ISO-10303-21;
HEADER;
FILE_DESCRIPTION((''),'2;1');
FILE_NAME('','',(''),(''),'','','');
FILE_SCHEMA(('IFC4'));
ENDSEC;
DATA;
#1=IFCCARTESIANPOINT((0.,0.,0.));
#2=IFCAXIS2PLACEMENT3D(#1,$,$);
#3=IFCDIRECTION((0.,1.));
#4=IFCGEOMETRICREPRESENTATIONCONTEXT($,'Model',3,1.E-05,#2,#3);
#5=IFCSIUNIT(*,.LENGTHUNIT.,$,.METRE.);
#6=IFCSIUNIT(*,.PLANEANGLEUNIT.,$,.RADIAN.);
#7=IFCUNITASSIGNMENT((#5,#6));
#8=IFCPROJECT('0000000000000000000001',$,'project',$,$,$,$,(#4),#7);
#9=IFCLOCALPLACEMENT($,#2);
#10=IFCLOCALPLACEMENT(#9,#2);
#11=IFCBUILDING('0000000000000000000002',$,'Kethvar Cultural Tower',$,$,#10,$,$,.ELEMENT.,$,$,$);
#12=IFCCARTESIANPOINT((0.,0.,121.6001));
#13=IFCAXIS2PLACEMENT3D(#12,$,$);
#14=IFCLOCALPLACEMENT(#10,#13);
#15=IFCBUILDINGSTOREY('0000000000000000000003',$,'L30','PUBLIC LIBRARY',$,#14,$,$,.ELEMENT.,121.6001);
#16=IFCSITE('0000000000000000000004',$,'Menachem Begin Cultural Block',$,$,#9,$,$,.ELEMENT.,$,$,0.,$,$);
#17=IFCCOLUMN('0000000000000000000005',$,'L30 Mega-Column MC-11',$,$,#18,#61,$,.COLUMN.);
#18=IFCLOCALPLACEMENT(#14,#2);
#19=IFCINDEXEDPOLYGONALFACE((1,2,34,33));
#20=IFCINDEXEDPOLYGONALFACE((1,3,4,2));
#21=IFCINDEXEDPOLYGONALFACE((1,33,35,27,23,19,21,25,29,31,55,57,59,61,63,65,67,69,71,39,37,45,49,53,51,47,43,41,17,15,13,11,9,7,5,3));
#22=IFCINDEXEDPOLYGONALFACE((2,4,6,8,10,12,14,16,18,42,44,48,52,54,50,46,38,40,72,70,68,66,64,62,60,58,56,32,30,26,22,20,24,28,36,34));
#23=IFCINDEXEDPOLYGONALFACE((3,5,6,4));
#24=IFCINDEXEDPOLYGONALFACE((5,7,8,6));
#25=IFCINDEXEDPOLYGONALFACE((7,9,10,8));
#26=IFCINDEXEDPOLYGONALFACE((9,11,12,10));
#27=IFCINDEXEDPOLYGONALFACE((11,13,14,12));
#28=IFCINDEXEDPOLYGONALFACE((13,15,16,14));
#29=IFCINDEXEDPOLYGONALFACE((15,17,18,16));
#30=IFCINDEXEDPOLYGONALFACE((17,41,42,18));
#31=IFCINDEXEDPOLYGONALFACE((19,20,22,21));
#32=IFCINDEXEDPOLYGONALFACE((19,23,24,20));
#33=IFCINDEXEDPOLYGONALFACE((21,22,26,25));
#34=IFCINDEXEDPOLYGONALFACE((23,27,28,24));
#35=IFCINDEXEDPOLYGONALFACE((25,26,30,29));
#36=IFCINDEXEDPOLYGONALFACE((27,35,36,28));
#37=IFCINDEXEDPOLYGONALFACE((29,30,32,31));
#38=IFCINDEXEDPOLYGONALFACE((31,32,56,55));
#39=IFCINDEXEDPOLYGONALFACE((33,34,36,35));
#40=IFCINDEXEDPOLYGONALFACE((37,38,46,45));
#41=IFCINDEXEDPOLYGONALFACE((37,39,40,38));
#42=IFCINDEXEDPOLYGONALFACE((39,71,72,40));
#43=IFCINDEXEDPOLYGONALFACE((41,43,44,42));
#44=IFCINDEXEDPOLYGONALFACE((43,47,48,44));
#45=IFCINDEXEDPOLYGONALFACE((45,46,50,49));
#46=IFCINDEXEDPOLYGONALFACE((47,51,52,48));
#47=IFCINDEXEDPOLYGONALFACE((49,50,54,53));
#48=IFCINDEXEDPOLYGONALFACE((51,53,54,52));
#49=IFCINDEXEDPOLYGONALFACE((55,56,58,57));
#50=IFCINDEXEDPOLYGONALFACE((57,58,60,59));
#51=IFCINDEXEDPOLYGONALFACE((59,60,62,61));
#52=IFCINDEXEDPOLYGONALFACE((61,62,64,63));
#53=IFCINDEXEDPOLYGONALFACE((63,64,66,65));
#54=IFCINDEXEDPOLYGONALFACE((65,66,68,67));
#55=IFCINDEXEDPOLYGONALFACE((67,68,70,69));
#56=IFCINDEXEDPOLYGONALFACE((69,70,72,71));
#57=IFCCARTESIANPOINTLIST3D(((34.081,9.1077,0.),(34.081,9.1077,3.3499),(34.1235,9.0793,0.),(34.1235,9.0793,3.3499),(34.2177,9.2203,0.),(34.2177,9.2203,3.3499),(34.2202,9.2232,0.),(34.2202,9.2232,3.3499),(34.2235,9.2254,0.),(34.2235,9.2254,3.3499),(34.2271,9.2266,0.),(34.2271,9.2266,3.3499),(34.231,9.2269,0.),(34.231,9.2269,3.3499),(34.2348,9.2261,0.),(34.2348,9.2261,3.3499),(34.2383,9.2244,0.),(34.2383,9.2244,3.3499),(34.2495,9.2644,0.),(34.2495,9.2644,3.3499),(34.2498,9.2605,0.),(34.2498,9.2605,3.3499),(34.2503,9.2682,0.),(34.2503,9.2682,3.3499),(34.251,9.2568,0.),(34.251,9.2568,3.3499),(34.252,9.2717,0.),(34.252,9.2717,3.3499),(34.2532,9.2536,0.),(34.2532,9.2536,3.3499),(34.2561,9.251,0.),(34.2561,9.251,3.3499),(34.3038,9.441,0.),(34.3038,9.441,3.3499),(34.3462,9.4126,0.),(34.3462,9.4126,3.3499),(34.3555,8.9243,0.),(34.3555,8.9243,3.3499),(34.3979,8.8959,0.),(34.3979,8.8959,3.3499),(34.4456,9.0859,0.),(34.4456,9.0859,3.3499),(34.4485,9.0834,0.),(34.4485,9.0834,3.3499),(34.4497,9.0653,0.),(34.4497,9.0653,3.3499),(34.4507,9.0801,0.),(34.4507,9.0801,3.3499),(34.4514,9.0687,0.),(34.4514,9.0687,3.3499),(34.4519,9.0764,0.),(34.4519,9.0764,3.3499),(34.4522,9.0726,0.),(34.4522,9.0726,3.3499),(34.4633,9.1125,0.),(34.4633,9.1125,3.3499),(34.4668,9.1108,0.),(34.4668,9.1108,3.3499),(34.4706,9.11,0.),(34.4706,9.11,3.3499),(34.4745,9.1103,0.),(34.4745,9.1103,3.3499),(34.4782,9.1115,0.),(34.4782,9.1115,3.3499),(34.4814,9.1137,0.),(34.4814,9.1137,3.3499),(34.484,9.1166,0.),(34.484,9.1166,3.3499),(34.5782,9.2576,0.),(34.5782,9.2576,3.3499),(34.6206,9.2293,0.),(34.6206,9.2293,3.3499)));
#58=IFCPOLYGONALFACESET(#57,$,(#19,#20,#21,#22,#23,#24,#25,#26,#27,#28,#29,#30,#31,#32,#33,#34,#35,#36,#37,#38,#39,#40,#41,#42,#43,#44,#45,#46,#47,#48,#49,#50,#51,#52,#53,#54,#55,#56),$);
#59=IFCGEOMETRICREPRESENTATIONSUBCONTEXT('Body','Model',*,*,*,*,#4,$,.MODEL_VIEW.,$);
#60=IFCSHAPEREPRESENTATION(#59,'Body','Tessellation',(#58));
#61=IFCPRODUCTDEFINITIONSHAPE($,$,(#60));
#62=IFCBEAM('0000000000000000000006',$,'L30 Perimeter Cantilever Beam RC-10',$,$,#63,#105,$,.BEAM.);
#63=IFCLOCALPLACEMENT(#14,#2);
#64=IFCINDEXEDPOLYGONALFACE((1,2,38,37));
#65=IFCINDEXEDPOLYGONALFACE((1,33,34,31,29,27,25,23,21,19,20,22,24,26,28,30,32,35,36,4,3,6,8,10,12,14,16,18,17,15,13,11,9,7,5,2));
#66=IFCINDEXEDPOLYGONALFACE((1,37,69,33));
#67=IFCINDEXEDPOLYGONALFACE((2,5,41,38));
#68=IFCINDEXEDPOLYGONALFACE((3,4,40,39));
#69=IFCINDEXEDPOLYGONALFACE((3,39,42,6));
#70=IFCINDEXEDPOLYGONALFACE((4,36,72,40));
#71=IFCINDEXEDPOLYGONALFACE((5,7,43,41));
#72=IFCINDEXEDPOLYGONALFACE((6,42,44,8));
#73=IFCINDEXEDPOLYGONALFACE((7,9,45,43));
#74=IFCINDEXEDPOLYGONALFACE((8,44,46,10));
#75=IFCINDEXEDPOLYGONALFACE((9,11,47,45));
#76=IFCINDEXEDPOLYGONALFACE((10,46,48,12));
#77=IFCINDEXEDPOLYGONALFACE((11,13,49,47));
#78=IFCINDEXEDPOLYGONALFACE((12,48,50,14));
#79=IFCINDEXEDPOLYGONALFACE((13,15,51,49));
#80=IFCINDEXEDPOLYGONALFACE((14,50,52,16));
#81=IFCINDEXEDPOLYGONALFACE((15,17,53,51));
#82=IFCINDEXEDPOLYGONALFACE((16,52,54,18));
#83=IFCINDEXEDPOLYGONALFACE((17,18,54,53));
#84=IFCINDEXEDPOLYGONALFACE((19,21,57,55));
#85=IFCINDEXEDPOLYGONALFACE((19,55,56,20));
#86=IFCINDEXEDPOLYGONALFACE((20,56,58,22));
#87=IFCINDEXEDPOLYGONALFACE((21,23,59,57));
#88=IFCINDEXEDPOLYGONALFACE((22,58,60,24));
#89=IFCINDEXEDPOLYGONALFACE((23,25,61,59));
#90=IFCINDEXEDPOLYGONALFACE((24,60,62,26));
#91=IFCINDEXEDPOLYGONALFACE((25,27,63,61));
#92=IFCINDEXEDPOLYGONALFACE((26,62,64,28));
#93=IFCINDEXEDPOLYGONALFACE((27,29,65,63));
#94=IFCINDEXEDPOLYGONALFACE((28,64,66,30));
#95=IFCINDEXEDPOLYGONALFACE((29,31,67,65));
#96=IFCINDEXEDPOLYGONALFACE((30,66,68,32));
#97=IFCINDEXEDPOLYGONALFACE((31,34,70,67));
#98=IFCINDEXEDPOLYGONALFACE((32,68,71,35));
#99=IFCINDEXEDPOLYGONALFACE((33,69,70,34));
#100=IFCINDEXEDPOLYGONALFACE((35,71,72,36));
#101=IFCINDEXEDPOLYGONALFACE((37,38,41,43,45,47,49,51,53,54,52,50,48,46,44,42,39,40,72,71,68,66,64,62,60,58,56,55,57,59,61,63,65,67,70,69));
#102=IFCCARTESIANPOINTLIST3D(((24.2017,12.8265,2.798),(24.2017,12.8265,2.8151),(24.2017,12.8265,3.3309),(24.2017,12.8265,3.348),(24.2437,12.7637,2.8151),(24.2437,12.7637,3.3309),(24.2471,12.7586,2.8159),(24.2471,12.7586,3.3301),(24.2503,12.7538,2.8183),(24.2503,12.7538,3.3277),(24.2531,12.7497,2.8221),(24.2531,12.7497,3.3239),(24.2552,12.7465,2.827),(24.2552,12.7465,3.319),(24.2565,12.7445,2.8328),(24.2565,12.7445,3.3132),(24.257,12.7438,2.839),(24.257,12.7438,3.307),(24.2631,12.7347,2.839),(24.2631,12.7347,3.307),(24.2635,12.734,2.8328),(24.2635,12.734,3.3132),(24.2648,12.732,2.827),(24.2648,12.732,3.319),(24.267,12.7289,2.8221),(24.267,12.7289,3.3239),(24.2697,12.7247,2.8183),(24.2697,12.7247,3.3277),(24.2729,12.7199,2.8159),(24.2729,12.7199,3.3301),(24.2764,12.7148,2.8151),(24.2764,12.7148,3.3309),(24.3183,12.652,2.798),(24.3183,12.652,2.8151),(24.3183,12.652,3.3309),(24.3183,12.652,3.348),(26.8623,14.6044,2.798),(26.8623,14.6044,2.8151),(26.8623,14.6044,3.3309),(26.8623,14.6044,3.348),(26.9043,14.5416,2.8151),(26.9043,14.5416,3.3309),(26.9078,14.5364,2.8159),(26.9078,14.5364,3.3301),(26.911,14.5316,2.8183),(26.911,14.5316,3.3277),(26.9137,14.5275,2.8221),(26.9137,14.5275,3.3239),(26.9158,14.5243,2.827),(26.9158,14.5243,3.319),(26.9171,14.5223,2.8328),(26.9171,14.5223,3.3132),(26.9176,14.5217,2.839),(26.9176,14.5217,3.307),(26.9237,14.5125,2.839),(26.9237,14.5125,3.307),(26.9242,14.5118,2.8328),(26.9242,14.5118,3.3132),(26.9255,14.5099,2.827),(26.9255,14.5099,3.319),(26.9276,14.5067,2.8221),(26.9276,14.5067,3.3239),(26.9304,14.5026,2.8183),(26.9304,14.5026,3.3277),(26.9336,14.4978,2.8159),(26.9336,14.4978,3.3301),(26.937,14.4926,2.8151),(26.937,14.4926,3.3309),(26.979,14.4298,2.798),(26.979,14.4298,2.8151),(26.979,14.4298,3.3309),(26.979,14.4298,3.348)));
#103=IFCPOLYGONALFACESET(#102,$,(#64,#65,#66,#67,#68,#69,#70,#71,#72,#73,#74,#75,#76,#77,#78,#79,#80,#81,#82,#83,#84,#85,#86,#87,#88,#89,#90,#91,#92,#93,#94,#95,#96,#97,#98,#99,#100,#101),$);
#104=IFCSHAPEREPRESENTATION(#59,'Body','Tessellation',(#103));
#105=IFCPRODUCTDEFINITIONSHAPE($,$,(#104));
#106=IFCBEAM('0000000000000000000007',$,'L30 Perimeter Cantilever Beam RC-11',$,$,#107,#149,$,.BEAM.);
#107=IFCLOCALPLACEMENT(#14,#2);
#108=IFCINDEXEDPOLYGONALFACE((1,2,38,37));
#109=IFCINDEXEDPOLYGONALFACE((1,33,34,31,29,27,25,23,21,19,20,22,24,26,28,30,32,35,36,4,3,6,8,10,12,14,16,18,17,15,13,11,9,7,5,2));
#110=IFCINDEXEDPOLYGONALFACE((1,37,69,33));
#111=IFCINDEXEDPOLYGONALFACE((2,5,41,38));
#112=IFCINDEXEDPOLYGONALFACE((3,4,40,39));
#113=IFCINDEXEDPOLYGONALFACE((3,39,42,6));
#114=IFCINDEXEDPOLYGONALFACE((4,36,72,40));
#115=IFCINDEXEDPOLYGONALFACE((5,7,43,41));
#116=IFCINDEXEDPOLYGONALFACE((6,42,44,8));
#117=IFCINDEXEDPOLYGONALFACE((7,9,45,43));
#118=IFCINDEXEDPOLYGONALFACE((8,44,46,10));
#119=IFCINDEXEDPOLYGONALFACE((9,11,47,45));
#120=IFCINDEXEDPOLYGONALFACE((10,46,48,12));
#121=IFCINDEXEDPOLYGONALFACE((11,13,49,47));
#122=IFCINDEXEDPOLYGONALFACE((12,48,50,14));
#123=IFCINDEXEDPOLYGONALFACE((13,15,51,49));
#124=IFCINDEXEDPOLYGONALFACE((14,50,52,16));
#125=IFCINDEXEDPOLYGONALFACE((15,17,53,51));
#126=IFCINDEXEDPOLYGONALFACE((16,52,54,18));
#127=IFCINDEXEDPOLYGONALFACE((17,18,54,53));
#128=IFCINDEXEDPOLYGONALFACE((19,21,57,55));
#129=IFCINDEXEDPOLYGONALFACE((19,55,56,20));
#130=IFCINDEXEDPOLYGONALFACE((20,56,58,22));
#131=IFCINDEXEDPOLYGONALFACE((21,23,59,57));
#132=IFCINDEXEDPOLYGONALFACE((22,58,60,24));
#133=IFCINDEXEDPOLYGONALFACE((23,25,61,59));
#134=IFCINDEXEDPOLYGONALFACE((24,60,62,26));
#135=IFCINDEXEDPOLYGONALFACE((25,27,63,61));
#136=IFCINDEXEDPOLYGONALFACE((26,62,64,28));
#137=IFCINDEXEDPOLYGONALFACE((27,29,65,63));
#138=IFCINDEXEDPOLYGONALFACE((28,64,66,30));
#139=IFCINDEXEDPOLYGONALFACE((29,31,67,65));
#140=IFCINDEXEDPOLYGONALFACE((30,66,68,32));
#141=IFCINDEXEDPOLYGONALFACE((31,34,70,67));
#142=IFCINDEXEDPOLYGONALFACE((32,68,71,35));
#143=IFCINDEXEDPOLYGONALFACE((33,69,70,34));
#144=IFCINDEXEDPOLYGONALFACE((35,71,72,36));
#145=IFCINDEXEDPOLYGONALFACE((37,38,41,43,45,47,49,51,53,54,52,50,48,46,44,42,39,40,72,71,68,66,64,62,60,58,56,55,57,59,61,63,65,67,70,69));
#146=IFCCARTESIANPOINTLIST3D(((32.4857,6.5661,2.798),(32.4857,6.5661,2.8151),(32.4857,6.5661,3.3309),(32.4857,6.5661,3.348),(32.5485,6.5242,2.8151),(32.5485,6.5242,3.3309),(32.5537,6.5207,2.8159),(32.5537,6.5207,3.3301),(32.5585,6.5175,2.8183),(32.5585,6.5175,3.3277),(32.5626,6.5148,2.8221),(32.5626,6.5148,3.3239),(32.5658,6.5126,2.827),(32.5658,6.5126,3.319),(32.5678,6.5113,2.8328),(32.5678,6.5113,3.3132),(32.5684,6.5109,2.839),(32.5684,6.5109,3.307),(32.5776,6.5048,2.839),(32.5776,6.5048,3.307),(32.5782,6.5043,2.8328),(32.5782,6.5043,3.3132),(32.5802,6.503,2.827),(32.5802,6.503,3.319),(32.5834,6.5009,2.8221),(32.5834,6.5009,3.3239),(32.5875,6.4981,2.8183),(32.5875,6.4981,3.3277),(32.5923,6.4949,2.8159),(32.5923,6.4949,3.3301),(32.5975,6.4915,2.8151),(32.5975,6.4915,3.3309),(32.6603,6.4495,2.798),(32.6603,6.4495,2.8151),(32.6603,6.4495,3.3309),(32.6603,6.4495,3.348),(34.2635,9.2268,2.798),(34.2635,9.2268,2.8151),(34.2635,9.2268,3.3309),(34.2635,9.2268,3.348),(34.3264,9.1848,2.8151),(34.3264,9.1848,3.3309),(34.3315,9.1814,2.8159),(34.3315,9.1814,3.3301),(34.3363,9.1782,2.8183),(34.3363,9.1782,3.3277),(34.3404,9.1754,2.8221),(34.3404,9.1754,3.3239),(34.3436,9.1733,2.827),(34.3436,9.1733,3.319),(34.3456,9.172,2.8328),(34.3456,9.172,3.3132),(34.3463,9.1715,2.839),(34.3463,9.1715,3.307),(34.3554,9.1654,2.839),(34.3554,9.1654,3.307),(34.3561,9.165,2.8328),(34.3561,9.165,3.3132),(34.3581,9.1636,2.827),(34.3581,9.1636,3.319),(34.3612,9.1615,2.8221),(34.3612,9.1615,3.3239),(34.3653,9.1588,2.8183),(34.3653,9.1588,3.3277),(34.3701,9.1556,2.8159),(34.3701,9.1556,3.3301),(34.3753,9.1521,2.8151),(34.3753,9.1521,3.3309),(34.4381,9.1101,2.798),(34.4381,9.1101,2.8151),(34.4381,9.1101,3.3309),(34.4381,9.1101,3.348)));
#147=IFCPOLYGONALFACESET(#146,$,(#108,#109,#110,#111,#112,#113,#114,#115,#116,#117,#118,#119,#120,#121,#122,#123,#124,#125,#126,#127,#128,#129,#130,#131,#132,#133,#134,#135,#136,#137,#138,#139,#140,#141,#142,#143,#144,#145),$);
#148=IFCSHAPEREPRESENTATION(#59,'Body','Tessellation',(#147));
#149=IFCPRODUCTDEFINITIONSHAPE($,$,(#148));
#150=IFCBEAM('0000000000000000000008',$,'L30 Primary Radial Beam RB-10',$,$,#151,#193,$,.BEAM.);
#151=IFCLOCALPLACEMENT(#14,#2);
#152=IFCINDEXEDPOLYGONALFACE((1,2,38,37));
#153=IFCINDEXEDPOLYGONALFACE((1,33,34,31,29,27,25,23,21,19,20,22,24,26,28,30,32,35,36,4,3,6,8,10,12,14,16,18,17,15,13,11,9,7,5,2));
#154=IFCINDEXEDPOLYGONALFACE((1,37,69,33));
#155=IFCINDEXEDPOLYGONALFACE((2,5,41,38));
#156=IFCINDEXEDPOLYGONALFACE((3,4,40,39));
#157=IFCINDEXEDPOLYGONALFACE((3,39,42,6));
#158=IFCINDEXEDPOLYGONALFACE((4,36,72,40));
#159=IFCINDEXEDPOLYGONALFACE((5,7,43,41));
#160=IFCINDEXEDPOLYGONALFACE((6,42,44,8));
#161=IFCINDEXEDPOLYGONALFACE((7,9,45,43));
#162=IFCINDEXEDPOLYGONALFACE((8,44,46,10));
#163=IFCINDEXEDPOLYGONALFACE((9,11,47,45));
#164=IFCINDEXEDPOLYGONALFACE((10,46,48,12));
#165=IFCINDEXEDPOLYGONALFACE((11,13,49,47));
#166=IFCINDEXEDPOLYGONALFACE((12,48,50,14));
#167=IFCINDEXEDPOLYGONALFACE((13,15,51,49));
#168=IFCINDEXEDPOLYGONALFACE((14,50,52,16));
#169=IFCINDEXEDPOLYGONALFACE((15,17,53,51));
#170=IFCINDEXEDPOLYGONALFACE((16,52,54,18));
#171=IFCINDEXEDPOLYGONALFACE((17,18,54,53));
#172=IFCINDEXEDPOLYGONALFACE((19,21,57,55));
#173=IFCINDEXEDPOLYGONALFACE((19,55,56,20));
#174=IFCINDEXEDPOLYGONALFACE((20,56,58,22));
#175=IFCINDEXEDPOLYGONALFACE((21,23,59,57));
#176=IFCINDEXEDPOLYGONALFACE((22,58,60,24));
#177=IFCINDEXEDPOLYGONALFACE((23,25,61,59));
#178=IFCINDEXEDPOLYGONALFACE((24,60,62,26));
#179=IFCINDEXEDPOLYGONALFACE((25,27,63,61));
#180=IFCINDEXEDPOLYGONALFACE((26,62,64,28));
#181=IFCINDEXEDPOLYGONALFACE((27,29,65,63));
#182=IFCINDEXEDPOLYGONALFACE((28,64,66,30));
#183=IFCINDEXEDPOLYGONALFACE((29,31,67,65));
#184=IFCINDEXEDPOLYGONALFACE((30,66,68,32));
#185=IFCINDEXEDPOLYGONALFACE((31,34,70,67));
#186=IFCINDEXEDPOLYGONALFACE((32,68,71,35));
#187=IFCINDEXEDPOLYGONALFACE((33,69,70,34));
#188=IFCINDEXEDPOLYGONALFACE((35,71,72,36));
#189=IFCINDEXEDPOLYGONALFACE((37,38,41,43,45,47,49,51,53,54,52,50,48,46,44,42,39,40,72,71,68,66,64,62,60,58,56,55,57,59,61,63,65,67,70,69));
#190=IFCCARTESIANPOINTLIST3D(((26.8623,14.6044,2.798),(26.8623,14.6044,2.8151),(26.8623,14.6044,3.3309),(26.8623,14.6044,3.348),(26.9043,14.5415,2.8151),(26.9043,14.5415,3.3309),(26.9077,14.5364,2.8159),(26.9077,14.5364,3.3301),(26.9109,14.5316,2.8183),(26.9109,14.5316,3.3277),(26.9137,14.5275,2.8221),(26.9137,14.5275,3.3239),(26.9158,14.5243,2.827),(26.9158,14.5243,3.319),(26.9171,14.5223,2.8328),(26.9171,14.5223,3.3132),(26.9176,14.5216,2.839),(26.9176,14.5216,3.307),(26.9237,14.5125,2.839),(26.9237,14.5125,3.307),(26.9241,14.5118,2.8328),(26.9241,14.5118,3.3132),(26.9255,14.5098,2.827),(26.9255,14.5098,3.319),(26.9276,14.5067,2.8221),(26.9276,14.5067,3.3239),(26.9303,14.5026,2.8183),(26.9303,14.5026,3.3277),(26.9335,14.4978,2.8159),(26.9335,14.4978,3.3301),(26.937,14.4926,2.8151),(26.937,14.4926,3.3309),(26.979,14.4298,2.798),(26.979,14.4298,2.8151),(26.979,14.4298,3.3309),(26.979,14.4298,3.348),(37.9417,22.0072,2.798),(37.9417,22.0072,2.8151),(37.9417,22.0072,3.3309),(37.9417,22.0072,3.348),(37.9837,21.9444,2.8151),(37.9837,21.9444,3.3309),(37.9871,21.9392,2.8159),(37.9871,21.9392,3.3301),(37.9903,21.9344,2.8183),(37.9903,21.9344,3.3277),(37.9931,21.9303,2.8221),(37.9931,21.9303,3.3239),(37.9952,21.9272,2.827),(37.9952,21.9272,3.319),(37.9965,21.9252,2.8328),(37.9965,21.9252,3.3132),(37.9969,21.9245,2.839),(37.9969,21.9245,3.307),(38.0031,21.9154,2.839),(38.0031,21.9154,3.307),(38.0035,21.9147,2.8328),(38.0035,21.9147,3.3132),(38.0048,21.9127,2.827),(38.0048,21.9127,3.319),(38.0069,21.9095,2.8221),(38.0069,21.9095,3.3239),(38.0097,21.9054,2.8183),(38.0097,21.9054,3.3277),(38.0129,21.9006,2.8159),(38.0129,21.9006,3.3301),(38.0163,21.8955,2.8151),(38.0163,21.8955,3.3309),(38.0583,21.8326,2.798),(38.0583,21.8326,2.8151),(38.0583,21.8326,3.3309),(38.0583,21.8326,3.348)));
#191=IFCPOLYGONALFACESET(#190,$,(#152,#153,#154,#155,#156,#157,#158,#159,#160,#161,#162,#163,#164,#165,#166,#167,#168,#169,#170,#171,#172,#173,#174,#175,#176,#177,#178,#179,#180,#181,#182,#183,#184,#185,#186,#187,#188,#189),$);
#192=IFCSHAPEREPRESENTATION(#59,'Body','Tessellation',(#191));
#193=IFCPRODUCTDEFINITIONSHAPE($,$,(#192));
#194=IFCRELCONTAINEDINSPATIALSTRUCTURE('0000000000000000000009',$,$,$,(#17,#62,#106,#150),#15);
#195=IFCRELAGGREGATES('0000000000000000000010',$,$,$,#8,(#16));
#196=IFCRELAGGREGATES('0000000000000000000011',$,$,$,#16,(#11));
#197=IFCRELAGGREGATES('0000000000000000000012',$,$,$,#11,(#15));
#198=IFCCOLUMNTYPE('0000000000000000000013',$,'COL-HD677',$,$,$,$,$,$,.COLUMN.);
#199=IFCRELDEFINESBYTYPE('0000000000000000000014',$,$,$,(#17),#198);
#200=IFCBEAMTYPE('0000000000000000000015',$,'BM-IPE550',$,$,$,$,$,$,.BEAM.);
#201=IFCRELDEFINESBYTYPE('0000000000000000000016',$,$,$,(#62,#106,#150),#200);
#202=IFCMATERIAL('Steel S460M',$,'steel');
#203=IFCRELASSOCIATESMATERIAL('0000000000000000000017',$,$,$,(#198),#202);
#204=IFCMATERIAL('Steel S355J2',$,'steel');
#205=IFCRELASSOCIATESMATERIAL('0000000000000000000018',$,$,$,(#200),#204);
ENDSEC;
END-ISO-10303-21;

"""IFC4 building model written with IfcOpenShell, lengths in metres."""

from ifc_helpers import new_model, si_unit, direction, frame, origin, origin_2d, place, context, subcontext, project, spatial, i_section, extrude, source, transform, mapped, material, material_profile, profile_set, type_object, element, save


model = new_model("IFC4")

# Units and contexts
model_context = context("Model", 3, precision=1e-05, world=origin(), true_north=direction((0.0, 1.0)))
body_context = subcontext(model_context, "Body", "Model", "MODEL_VIEW")
ifc_project = project(units=[si_unit("LENGTHUNIT", "METRE"), si_unit("PLANEANGLEUNIT", "RADIAN")], contexts=[model_context])

# Site, building, storey
site_placement = place(None, origin())
site = spatial("IfcSite", under=ifc_project, at=site_placement, Name="Menachem Begin Cultural Block", CompositionType="ELEMENT", RefElevation=0.0)
building_placement = place(site_placement, origin())
building = spatial("IfcBuilding", under=site, at=building_placement, Name="Kethvar Cultural Tower", CompositionType="ELEMENT")
storey_placement = place(building_placement, frame((0.0, 0.0, 121.6001)))
storey = spatial("IfcBuildingStorey", under=building, at=storey_placement, Name="L30", Description="PUBLIC LIBRARY", CompositionType="ELEMENT", Elevation=121.6001)

# Column
ifc_material_1 = material(Name="Steel S460M", Category="steel")
ifc_material_profile_1 = material_profile(ifc_material_1, i_section(OverallWidth=0.4009, OverallDepth=0.3811, WebThickness=0.032, FlangeThickness=0.051, FilletRadius=0.0149, at=origin_2d()), Name="Steel S460M — HD400x677")
ifc_profile_set_1 = profile_set([ifc_material_profile_1], Name="Steel S460M — HD400x677")
column_type = type_object("IfcColumnType", Name="COL-HD677", PredefinedType="COLUMN", material=ifc_profile_set_1)
shared_shape_1 = source(origin(), body_context, "Body", "SweptSolid", [
    extrude(i_section(OverallWidth=0.4009, OverallDepth=0.3811, WebThickness=0.032, FlangeThickness=0.051, FilletRadius=0.0149, at=origin_2d()), origin(), (0.0, 0.0, 1.0), 3.3499),
])
column_placement = place(storey_placement, frame((34.3508, 9.1685, 0.0), z_axis=(0.0, 0.0, 1.0), x_axis=(-0.55557, -0.83147, 0.0)))
element("IfcColumn", 1, at=column_placement, inside=storey, type_object=column_type, Name="L30 Mega-Column MC-11", PredefinedType="COLUMN", context=body_context, shape_type="MappedRepresentation", body=[
    mapped(shared_shape_1, transform((0.0, 0.0, 0.0), scale=1.0)),
])

# Beams
ifc_material_2 = material(Name="Steel S355J2", Category="steel")
ifc_material_profile_2 = material_profile(ifc_material_2, i_section(OverallWidth=0.21, OverallDepth=0.55, WebThickness=0.011, FlangeThickness=0.0171, FilletRadius=0.0239, at=origin_2d()), Name="Steel S355J2 — IPE550")
ifc_profile_set_2 = profile_set([ifc_material_profile_2], Name="Steel S355J2 — IPE550")
beam_type_1 = type_object("IfcBeamType", Name="BM-IPE550", PredefinedType="BEAM", material=ifc_profile_set_2)
shared_shape_2 = source(origin(), body_context, "Body", "SweptSolid", [
    extrude(i_section(OverallWidth=0.21, OverallDepth=0.55, WebThickness=0.011, FlangeThickness=0.0171, FilletRadius=0.0239, at=origin_2d()), origin(), (0.0, 0.0, 1.0), 3.2),
])
for number, where, z_axis, x_axis, name in (
    (2, (26.9207, 14.5171, 3.073), (-0.831463, -0.55558, 0.0), (0.55558, -0.831463, 0.0), "L30 Perimeter Cantilever Beam RC-10"),
    (3, (34.3508, 9.1685, 3.073), (-0.55558, -0.831463, 0.0), (0.831463, -0.55558, 0.0), "L30 Perimeter Cantilever Beam RC-11"),
):
    element("IfcBeam", number, at=place(storey_placement, frame(where, z_axis=z_axis, x_axis=x_axis)), inside=storey, type_object=beam_type_1, Name=name, PredefinedType="BEAM", context=body_context, shape_type="MappedRepresentation", body=[
        mapped(shared_shape_2, transform((0.0, 0.0, 0.0), scale=1.0)),
    ])
shared_shape_3 = source(origin(), body_context, "Body", "SweptSolid", [
    extrude(i_section(OverallWidth=0.21, OverallDepth=0.55, WebThickness=0.011, FlangeThickness=0.0171, FilletRadius=0.0239, at=origin_2d()), origin(), (0.0, 0.0, 1.0), 13.325),
])
beam_1_placement = place(storey_placement, frame((38.0, 21.9199, 3.073), z_axis=(-0.831475, -0.555562, 0.0), x_axis=(0.555562, -0.831475, 0.0)))
element("IfcBeam", 4, at=beam_1_placement, inside=storey, type_object=beam_type_1, Name="L30 Primary Radial Beam RB-10", PredefinedType="BEAM", context=body_context, shape_type="MappedRepresentation", body=[
    mapped(shared_shape_3, transform((0.0, 0.0, 0.0), scale=1.0)),
])

save(model, "model.ifc")
